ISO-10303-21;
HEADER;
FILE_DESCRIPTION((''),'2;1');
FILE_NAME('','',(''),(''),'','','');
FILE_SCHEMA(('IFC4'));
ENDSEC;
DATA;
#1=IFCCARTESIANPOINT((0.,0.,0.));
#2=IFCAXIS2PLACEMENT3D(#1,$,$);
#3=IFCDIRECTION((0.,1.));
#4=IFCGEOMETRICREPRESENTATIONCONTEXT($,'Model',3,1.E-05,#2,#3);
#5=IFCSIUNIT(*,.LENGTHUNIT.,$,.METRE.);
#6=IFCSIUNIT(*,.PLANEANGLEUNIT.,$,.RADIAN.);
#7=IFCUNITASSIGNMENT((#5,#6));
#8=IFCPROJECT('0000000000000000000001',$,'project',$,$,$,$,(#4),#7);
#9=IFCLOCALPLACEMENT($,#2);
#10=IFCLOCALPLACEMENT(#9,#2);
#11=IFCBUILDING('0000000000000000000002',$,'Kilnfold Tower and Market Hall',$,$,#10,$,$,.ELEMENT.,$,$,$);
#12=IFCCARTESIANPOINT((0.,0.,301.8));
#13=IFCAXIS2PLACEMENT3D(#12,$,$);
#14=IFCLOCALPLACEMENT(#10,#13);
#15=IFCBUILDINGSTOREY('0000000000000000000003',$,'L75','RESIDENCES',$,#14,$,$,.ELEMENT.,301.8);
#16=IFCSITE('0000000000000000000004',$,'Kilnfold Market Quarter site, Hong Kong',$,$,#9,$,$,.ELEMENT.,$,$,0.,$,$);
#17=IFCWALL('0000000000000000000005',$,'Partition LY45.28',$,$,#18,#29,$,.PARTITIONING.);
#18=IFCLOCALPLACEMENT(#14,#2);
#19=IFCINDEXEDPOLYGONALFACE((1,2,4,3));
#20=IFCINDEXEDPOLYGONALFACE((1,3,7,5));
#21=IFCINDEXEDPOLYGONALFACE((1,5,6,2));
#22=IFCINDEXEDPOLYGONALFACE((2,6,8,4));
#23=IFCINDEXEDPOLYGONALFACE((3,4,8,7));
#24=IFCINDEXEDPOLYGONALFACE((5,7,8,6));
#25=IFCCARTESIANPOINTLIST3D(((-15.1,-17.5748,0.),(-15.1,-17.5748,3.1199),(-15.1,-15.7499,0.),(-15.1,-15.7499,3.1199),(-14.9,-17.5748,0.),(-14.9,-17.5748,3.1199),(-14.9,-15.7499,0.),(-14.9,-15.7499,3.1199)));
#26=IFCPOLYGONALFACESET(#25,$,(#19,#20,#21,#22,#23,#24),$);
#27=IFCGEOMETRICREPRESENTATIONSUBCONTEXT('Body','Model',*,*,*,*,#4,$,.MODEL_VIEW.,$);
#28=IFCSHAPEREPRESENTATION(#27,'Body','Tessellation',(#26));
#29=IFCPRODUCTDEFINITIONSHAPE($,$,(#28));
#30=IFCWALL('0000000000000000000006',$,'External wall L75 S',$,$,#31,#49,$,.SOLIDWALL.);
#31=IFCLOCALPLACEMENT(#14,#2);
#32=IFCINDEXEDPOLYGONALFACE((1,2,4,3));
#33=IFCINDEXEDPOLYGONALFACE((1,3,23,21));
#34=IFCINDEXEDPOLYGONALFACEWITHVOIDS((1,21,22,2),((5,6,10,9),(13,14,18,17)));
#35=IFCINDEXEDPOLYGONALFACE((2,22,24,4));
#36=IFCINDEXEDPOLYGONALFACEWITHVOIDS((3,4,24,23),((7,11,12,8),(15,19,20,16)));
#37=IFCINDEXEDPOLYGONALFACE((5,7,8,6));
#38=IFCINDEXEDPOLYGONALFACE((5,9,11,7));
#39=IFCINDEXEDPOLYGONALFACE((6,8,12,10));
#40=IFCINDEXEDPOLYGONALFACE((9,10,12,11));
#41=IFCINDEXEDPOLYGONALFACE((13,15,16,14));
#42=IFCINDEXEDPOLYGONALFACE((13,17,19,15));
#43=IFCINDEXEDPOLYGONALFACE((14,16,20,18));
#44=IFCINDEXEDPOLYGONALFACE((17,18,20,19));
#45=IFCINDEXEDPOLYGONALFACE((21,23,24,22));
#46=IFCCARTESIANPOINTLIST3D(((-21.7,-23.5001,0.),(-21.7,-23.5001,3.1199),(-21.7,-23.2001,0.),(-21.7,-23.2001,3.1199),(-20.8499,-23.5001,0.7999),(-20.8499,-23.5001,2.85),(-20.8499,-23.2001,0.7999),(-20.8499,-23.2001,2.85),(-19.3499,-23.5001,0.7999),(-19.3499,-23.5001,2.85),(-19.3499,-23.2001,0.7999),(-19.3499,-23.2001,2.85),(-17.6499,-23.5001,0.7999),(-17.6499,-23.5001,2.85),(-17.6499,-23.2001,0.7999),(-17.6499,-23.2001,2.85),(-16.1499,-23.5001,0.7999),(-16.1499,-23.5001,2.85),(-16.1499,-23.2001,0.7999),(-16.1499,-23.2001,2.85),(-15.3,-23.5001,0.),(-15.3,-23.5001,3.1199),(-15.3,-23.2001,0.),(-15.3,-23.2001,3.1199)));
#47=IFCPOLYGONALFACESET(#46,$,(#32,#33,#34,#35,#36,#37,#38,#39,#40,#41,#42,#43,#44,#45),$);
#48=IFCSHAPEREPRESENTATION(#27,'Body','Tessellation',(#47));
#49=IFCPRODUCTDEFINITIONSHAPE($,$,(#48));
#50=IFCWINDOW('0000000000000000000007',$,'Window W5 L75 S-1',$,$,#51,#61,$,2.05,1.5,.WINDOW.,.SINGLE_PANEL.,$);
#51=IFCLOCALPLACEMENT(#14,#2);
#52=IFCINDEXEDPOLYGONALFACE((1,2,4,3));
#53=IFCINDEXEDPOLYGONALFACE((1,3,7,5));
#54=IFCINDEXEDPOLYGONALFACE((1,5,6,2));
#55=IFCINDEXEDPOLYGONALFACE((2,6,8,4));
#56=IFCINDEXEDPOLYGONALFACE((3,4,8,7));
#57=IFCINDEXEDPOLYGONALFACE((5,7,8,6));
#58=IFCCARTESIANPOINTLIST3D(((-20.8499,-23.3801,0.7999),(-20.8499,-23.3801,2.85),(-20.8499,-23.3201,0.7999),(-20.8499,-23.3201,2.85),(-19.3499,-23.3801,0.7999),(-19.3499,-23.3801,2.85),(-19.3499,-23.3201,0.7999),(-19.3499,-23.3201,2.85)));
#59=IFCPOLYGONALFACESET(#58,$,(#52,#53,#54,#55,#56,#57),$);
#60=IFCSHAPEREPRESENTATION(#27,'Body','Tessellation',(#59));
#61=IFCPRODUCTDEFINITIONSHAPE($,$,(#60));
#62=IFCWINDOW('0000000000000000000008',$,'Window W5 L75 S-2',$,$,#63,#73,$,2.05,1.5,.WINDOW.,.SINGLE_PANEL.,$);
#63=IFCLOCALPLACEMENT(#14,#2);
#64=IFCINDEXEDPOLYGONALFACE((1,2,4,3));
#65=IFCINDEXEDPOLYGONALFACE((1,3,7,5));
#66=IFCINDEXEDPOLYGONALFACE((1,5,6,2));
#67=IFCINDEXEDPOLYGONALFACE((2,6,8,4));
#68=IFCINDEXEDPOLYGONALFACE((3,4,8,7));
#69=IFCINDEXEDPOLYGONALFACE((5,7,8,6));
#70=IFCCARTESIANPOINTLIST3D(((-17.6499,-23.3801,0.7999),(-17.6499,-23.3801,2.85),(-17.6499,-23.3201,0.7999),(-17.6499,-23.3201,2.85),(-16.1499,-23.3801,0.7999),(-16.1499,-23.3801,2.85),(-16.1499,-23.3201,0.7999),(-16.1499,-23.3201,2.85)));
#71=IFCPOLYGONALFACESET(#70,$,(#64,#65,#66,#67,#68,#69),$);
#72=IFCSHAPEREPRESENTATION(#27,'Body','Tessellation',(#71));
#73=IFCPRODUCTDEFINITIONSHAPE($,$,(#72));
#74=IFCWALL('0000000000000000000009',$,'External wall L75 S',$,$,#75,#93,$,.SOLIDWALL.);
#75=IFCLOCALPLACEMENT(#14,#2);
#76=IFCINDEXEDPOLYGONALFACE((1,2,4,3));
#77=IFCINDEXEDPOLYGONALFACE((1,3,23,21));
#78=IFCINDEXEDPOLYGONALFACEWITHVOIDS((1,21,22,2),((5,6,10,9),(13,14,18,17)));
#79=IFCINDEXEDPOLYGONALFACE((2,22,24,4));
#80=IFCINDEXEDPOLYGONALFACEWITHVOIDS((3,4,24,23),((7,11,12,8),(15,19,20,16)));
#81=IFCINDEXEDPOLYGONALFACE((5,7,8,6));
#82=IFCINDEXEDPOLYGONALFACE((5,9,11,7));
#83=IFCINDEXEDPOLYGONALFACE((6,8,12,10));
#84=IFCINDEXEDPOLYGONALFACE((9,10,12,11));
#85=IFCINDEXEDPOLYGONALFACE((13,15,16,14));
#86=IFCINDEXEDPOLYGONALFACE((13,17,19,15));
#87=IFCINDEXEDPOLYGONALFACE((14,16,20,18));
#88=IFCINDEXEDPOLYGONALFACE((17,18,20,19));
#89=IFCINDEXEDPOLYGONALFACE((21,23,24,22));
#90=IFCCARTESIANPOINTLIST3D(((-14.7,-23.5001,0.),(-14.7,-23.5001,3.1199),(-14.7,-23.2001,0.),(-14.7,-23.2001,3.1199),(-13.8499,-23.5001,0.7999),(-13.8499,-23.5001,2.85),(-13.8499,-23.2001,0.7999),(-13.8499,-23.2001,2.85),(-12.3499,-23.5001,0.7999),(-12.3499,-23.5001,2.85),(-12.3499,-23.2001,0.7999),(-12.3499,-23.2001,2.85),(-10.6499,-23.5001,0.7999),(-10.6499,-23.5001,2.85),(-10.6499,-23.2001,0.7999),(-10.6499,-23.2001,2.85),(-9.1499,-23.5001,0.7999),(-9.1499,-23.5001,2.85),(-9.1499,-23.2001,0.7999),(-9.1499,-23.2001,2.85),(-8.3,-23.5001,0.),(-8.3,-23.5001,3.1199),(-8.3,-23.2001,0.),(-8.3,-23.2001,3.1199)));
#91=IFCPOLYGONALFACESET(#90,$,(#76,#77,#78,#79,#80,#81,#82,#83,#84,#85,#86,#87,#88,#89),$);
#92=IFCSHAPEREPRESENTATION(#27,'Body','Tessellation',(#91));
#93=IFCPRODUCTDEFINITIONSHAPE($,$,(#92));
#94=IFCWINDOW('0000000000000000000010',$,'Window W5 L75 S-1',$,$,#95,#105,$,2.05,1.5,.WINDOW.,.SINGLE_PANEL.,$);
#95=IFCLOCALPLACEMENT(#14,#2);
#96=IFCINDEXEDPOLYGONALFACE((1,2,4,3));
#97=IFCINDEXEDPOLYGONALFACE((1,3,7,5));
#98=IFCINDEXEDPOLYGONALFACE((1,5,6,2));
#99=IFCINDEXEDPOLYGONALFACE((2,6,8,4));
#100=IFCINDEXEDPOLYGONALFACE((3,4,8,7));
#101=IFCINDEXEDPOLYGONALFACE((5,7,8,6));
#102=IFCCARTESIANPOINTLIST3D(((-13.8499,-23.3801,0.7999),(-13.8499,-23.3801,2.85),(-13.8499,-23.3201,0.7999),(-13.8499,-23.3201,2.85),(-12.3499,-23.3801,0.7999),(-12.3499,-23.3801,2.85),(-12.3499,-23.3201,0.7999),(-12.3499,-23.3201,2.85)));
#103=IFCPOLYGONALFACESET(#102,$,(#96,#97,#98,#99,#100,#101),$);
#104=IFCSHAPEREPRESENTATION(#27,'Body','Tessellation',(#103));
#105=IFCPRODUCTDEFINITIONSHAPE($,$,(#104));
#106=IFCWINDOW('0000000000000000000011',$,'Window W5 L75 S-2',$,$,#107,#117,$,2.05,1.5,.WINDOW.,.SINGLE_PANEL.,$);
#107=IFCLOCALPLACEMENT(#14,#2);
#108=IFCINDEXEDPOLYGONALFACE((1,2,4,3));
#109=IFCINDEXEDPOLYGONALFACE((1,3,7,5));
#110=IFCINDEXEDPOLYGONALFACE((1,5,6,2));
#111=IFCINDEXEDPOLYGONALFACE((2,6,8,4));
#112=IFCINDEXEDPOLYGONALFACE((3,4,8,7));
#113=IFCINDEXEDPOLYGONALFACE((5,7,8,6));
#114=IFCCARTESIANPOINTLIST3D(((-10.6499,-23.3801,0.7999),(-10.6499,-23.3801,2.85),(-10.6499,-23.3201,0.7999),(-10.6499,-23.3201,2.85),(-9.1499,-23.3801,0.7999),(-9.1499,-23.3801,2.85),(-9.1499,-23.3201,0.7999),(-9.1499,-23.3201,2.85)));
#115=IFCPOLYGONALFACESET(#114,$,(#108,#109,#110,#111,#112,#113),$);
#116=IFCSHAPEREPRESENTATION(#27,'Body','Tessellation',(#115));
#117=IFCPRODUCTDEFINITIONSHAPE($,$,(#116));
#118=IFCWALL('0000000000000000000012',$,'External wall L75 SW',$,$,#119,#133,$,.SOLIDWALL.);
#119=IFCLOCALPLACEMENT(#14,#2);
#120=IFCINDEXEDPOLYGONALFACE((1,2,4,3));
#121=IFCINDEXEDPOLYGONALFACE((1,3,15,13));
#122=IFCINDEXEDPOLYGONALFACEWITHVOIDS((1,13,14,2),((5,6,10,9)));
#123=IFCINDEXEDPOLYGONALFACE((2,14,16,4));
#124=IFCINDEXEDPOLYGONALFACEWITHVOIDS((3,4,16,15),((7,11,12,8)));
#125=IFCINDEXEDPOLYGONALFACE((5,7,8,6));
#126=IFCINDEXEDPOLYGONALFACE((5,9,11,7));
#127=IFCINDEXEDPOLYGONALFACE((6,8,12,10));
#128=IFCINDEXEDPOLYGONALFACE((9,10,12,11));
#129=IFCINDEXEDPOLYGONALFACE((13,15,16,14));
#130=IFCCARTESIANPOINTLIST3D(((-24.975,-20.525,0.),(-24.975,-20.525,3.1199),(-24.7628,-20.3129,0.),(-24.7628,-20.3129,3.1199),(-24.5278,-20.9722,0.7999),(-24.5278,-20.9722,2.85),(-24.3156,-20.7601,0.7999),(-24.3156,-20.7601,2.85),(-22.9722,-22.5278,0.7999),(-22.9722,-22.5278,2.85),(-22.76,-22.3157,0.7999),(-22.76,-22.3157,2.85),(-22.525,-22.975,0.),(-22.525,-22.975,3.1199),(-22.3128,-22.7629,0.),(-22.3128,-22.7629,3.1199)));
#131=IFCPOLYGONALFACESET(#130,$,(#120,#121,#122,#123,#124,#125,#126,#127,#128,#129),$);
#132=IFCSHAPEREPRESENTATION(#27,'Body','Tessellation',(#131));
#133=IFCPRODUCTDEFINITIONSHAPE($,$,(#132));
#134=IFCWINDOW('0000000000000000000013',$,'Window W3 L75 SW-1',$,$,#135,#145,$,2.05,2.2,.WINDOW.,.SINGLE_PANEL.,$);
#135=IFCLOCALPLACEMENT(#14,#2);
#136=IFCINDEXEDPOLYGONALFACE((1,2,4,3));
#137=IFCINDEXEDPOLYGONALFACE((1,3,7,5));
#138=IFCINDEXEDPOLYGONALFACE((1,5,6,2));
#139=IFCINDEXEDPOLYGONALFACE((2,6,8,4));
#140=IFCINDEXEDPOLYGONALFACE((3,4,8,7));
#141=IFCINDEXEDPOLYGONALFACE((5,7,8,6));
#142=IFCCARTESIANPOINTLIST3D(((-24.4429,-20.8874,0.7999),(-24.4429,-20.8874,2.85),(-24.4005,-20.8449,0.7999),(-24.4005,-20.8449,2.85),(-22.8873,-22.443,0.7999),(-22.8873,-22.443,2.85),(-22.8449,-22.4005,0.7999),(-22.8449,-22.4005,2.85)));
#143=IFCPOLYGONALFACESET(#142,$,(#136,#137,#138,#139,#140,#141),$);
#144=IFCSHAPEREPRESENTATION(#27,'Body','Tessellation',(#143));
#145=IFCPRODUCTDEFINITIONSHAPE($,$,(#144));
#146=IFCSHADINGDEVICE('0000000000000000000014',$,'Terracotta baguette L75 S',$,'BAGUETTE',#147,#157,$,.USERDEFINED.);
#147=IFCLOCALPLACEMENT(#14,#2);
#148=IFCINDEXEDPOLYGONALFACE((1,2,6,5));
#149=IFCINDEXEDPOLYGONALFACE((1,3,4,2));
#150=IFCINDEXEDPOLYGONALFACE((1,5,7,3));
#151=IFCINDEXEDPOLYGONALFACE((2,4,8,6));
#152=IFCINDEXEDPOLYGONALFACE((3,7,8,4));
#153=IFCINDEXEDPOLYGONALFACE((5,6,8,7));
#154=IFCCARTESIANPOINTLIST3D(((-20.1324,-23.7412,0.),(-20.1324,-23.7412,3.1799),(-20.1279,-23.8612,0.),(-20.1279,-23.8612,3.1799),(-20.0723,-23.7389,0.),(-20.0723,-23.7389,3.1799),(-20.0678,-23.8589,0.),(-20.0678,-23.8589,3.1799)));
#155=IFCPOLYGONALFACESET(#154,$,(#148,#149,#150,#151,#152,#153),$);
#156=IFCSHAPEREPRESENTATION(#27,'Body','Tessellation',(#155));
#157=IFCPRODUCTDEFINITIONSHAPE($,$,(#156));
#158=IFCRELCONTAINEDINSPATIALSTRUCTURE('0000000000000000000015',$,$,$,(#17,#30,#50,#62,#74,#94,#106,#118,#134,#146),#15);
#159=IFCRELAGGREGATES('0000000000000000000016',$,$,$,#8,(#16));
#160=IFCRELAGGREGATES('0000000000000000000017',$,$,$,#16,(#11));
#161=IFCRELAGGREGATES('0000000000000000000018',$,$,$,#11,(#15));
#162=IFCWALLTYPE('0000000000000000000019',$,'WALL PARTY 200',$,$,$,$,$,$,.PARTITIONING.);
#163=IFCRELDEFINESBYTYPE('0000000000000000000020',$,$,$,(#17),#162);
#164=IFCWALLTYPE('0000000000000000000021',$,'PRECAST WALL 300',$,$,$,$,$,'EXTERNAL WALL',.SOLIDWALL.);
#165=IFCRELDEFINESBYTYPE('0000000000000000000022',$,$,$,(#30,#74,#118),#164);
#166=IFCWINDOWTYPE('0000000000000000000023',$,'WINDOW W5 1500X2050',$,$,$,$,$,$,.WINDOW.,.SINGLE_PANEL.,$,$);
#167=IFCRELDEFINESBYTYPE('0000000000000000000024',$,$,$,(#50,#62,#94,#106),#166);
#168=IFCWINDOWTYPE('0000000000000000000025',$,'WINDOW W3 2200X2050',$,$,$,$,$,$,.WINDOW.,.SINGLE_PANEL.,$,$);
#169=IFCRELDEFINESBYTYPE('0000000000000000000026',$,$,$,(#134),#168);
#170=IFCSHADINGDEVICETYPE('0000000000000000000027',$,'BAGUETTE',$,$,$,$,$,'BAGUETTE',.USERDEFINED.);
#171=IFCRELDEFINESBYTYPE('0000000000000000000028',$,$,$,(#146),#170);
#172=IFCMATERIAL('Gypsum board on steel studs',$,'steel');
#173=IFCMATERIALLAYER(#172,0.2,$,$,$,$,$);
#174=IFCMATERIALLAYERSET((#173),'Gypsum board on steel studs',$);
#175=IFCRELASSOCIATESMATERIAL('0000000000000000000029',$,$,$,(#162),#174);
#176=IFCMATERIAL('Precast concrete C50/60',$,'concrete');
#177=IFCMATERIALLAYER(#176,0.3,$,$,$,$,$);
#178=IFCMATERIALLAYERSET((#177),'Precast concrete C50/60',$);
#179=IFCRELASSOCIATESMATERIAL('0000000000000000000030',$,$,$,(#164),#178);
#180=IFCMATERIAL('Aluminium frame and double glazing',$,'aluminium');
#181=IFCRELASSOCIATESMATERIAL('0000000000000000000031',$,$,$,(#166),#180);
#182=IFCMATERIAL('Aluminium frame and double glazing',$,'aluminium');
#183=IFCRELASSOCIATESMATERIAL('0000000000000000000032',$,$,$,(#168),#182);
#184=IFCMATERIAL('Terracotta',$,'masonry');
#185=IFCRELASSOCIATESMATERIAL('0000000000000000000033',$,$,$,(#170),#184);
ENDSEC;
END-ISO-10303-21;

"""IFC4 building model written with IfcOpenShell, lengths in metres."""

from ifc_helpers import new_model, si_unit, direction, frame, frame_2d, origin, origin_2d, place, context, subcontext, project, spatial, rectangle, extrude, source, transform, mapped, material, layer, layer_set, material_profile, profile_set, type_object, element, fill, save


model = new_model("IFC4")

# Units and contexts
model_context = context("Model", 3, precision=1e-05, world=origin(), true_north=direction((0.0, 1.0)))
body_context = subcontext(model_context, "Body", "Model", "MODEL_VIEW")
ifc_project = project(units=[si_unit("LENGTHUNIT", "METRE"), si_unit("PLANEANGLEUNIT", "RADIAN")], contexts=[model_context])

# Site, building, storey
site_placement = place(None, origin())
site = spatial("IfcSite", under=ifc_project, at=site_placement, Name="Kilnfold Market Quarter site, Hong Kong", CompositionType="ELEMENT", RefElevation=0.0)
building_placement = place(site_placement, origin())
building = spatial("IfcBuilding", under=site, at=building_placement, Name="Kilnfold Tower and Market Hall", CompositionType="ELEMENT")
storey_placement = place(building_placement, frame((0.0, 0.0, 301.8)))
storey = spatial("IfcBuildingStorey", under=building, at=storey_placement, Name="L75", Description="RESIDENCES", CompositionType="ELEMENT", Elevation=301.8)

# Wall
ifc_material_1 = material(Name="Gypsum board on steel studs", Category="steel")
ifc_layer_1 = layer(ifc_material_1, 0.2)
ifc_layer_set_1 = layer_set([ifc_layer_1], Name="Gypsum board on steel studs")
wall_type_1 = type_object("IfcWallType", Name="WALL PARTY 200", PredefinedType="PARTITIONING", material=ifc_layer_set_1)
wall_1_placement = place(storey_placement, frame((-15.0, -17.575, 0.0), z_axis=(0.0, 0.0, 1.0), x_axis=(0.0, 1.0, 0.0)))
element("IfcWall", 1, at=wall_1_placement, inside=storey, type_object=wall_type_1, Name="Partition LY45.28", PredefinedType="PARTITIONING", context=body_context, shape_type="SweptSolid", body=[
    extrude(rectangle(XDim=1.825, YDim=0.2, at=frame_2d((0.9126, 0.0))), origin(), (0.0, 0.0, 1.0), 3.1199),
])

# Walls, openings, windows
ifc_material_2 = material(Name="Precast concrete C50/60", Category="concrete")
ifc_layer_2 = layer(ifc_material_2, 0.3)
ifc_layer_set_2 = layer_set([ifc_layer_2], Name="Precast concrete C50/60")
wall_type_2 = type_object("IfcWallType", Name="PRECAST WALL 300", ElementType="EXTERNAL WALL", PredefinedType="SOLIDWALL", material=ifc_layer_set_2)
shared_shape_1 = source(origin(), body_context, "Body", "SweptSolid", [
    extrude(rectangle(XDim=6.3999, YDim=0.3, at=frame_2d((3.2, 0.0))), origin(), (0.0, 0.0, 1.0), 3.1199),
])
wall_2_placement = place(storey_placement, frame((-21.7, -23.3501, 0.0), z_axis=(0.0, 0.0, 1.0), x_axis=(1.0, 0.0, 0.0)))
wall_2 = element("IfcWall", 2, at=wall_2_placement, inside=storey, type_object=wall_type_2, Name="External wall L75 S", PredefinedType="SOLIDWALL", context=body_context, shape_type="MappedRepresentation", body=[
    mapped(shared_shape_1, transform((0.0, 0.0, 0.0))),
])
opening_1_placement = place(wall_2_placement, frame((0.8501, 0.0, 0.8)))
opening_1 = element("IfcOpeningElement", 3, at=opening_1_placement, cuts=wall_2, PredefinedType="OPENING", context=body_context, shape_type="SweptSolid", body=[
    extrude(rectangle(XDim=1.5, YDim=2.05, at=frame_2d((0.75, 1.0249))), frame((0.0, 0.1602, 0.0), z_axis=(0.0, -1.0, 0.0), x_axis=(1.0, 0.0, 0.0)), (0.0, 0.0, 1.0), 0.3201),
])
opening_2_placement = place(wall_2_placement, frame((4.05, 0.0, 0.8)))
opening_2 = element("IfcOpeningElement", 4, at=opening_2_placement, cuts=wall_2, PredefinedType="OPENING", context=body_context, shape_type="SweptSolid", body=[
    extrude(rectangle(XDim=1.5, YDim=2.05, at=frame_2d((0.75, 1.0249))), frame((0.0, 0.1602, 0.0), z_axis=(0.0, -1.0, 0.0), x_axis=(1.0, 0.0, 0.0)), (0.0, 0.0, 1.0), 0.3201),
])
ifc_material_3 = material(Name="Aluminium frame and double glazing", Category="aluminium")
window_type_1 = type_object("IfcWindowType", Name="WINDOW W5 1500X2050", PartitioningType="SINGLE_PANEL", PredefinedType="WINDOW", material=ifc_material_3)
window_1_placement = place(opening_1_placement, origin())
window_1 = element("IfcWindow", 5, at=window_1_placement, inside=storey, type_object=window_type_1, Name="Window W5 L75 S-1", OverallHeight=2.05, OverallWidth=1.5, PartitioningType="SINGLE_PANEL", PredefinedType="WINDOW", context=body_context, shape_type="SweptSolid", body=[
    extrude(rectangle(XDim=1.5, YDim=2.05, at=frame_2d((0.75, 1.0249))), frame((0.0, 0.03, 0.0), z_axis=(0.0, -1.0, 0.0), x_axis=(1.0, 0.0, 0.0)), (0.0, 0.0, 1.0), 0.0601),
])
fill(opening_1, window_1)
window_2_placement = place(opening_2_placement, origin())
window_2 = element("IfcWindow", 6, at=window_2_placement, inside=storey, type_object=window_type_1, Name="Window W5 L75 S-2", OverallHeight=2.05, OverallWidth=1.5, PartitioningType="SINGLE_PANEL", PredefinedType="WINDOW", context=body_context, shape_type="SweptSolid", body=[
    extrude(rectangle(XDim=1.5, YDim=2.05, at=frame_2d((0.75, 1.0249))), frame((0.0, 0.03, 0.0), z_axis=(0.0, -1.0, 0.0), x_axis=(1.0, 0.0, 0.0)), (0.0, 0.0, 1.0), 0.0601),
])
fill(opening_2, window_2)
wall_3_placement = place(storey_placement, frame((-14.7, -23.3501, 0.0), z_axis=(0.0, 0.0, 1.0), x_axis=(1.0, 0.0, 0.0)))
wall_3 = element("IfcWall", 7, at=wall_3_placement, inside=storey, type_object=wall_type_2, Name="External wall L75 S", PredefinedType="SOLIDWALL", context=body_context, shape_type="MappedRepresentation", body=[
    mapped(shared_shape_1, transform((0.0, 0.0, 0.0))),
])
opening_3_placement = place(wall_3_placement, frame((0.8501, 0.0, 0.8)))
opening_3 = element("IfcOpeningElement", 8, at=opening_3_placement, cuts=wall_3, PredefinedType="OPENING", context=body_context, shape_type="SweptSolid", body=[
    extrude(rectangle(XDim=1.5, YDim=2.05, at=frame_2d((0.75, 1.0249))), frame((0.0, 0.1602, 0.0), z_axis=(0.0, -1.0, 0.0), x_axis=(1.0, 0.0, 0.0)), (0.0, 0.0, 1.0), 0.3201),
])
opening_4_placement = place(wall_3_placement, frame((4.05, 0.0, 0.8)))
opening_4 = element("IfcOpeningElement", 9, at=opening_4_placement, cuts=wall_3, PredefinedType="OPENING", context=body_context, shape_type="SweptSolid", body=[
    extrude(rectangle(XDim=1.5, YDim=2.05, at=frame_2d((0.75, 1.0249))), frame((0.0, 0.1602, 0.0), z_axis=(0.0, -1.0, 0.0), x_axis=(1.0, 0.0, 0.0)), (0.0, 0.0, 1.0), 0.3201),
])
window_3_placement = place(opening_3_placement, origin())
window_3 = element("IfcWindow", 10, at=window_3_placement, inside=storey, type_object=window_type_1, Name="Window W5 L75 S-1", OverallHeight=2.05, OverallWidth=1.5, PartitioningType="SINGLE_PANEL", PredefinedType="WINDOW", context=body_context, shape_type="SweptSolid", body=[
    extrude(rectangle(XDim=1.5, YDim=2.05, at=frame_2d((0.75, 1.0249))), frame((0.0, 0.03, 0.0), z_axis=(0.0, -1.0, 0.0), x_axis=(1.0, 0.0, 0.0)), (0.0, 0.0, 1.0), 0.0601),
])
fill(opening_3, window_3)
window_4_placement = place(opening_4_placement, origin())
window_4 = element("IfcWindow", 11, at=window_4_placement, inside=storey, type_object=window_type_1, Name="Window W5 L75 S-2", OverallHeight=2.05, OverallWidth=1.5, PartitioningType="SINGLE_PANEL", PredefinedType="WINDOW", context=body_context, shape_type="SweptSolid", body=[
    extrude(rectangle(XDim=1.5, YDim=2.05, at=frame_2d((0.75, 1.0249))), frame((0.0, 0.03, 0.0), z_axis=(0.0, -1.0, 0.0), x_axis=(1.0, 0.0, 0.0)), (0.0, 0.0, 1.0), 0.0601),
])
fill(opening_4, window_4)

# Wall, opening, window
shared_shape_2 = source(origin(), body_context, "Body", "SweptSolid", [
    extrude(rectangle(XDim=3.4648, YDim=0.3, at=frame_2d((1.7324, 0.0))), origin(), (0.0, 0.0, 1.0), 3.1199),
])
wall_4_placement = place(storey_placement, frame((-24.8689, -20.4189, 0.0), z_axis=(0.0, 0.0, 1.0), x_axis=(0.707107, -0.707107, 0.0)))
wall_4 = element("IfcWall", 12, at=wall_4_placement, inside=storey, type_object=wall_type_2, Name="External wall L75 SW", PredefinedType="SOLIDWALL", context=body_context, shape_type="MappedRepresentation", body=[
    mapped(shared_shape_2, transform((0.0, 0.0, 0.0))),
])
opening_5_placement = place(wall_4_placement, frame((0.6323, 0.0, 0.8)))
opening_5 = element("IfcOpeningElement", 13, at=opening_5_placement, cuts=wall_4, PredefinedType="OPENING", context=body_context, shape_type="SweptSolid", body=[
    extrude(rectangle(XDim=2.2, YDim=2.05, at=frame_2d((1.1001, 1.0249))), frame((0.0, 0.1602, 0.0), z_axis=(0.0, -1.0, 0.0), x_axis=(1.0, 0.0, 0.0)), (0.0, 0.0, 1.0), 0.3201),
])
ifc_material_4 = material(Name="Aluminium frame and double glazing", Category="aluminium")
window_type_2 = type_object("IfcWindowType", Name="WINDOW W3 2200X2050", PartitioningType="SINGLE_PANEL", PredefinedType="WINDOW", material=ifc_material_4)
window_5_placement = place(opening_5_placement, origin())
window_5 = element("IfcWindow", 14, at=window_5_placement, inside=storey, type_object=window_type_2, Name="Window W3 L75 SW-1", OverallHeight=2.05, OverallWidth=2.2, PartitioningType="SINGLE_PANEL", PredefinedType="WINDOW", context=body_context, shape_type="SweptSolid", body=[
    extrude(rectangle(XDim=2.2, YDim=2.05, at=frame_2d((1.1001, 1.0249))), frame((0.0, 0.03, 0.0), z_axis=(0.0, -1.0, 0.0), x_axis=(1.0, 0.0, 0.0)), (0.0, 0.0, 1.0), 0.0601),
])
fill(opening_5, window_5)

# Shading device
ifc_material_5 = material(Name="Terracotta", Category="masonry")
ifc_material_profile_1 = material_profile(ifc_material_5, rectangle(XDim=0.0601, YDim=0.1201, at=origin_2d()), Name="BAG 60x120")
ifc_profile_set_1 = profile_set([ifc_material_profile_1], Name="Terracotta")
shading_device_type = type_object("IfcShadingDeviceType", Name="BAGUETTE", ElementType="BAGUETTE", PredefinedType="USERDEFINED", material=ifc_profile_set_1)
shared_shape_3 = source(origin(), body_context, "Body", "SweptSolid", [
    extrude(rectangle(XDim=0.0601, YDim=0.1201, at=origin_2d()), origin(), (0.0, 0.0, 1.0), 3.1799),
])
for number, where, z_axis, x_axis, name in (
    (15, (-20.1001, -23.8, 0.0), (0.0, 0.0, 1.0), (0.999297, 0.0375, 0.0), "Terracotta baguette L75 S"),
):
    element("IfcShadingDevice", number, at=place(storey_placement, frame(where, z_axis=z_axis, x_axis=x_axis)), inside=storey, type_object=shading_device_type, Name=name, ObjectType="BAGUETTE", PredefinedType="USERDEFINED", context=body_context, shape_type="MappedRepresentation", body=[
        mapped(shared_shape_3, transform((0.0, 0.0, 0.0))),
    ])

save(model, "model.ifc")
